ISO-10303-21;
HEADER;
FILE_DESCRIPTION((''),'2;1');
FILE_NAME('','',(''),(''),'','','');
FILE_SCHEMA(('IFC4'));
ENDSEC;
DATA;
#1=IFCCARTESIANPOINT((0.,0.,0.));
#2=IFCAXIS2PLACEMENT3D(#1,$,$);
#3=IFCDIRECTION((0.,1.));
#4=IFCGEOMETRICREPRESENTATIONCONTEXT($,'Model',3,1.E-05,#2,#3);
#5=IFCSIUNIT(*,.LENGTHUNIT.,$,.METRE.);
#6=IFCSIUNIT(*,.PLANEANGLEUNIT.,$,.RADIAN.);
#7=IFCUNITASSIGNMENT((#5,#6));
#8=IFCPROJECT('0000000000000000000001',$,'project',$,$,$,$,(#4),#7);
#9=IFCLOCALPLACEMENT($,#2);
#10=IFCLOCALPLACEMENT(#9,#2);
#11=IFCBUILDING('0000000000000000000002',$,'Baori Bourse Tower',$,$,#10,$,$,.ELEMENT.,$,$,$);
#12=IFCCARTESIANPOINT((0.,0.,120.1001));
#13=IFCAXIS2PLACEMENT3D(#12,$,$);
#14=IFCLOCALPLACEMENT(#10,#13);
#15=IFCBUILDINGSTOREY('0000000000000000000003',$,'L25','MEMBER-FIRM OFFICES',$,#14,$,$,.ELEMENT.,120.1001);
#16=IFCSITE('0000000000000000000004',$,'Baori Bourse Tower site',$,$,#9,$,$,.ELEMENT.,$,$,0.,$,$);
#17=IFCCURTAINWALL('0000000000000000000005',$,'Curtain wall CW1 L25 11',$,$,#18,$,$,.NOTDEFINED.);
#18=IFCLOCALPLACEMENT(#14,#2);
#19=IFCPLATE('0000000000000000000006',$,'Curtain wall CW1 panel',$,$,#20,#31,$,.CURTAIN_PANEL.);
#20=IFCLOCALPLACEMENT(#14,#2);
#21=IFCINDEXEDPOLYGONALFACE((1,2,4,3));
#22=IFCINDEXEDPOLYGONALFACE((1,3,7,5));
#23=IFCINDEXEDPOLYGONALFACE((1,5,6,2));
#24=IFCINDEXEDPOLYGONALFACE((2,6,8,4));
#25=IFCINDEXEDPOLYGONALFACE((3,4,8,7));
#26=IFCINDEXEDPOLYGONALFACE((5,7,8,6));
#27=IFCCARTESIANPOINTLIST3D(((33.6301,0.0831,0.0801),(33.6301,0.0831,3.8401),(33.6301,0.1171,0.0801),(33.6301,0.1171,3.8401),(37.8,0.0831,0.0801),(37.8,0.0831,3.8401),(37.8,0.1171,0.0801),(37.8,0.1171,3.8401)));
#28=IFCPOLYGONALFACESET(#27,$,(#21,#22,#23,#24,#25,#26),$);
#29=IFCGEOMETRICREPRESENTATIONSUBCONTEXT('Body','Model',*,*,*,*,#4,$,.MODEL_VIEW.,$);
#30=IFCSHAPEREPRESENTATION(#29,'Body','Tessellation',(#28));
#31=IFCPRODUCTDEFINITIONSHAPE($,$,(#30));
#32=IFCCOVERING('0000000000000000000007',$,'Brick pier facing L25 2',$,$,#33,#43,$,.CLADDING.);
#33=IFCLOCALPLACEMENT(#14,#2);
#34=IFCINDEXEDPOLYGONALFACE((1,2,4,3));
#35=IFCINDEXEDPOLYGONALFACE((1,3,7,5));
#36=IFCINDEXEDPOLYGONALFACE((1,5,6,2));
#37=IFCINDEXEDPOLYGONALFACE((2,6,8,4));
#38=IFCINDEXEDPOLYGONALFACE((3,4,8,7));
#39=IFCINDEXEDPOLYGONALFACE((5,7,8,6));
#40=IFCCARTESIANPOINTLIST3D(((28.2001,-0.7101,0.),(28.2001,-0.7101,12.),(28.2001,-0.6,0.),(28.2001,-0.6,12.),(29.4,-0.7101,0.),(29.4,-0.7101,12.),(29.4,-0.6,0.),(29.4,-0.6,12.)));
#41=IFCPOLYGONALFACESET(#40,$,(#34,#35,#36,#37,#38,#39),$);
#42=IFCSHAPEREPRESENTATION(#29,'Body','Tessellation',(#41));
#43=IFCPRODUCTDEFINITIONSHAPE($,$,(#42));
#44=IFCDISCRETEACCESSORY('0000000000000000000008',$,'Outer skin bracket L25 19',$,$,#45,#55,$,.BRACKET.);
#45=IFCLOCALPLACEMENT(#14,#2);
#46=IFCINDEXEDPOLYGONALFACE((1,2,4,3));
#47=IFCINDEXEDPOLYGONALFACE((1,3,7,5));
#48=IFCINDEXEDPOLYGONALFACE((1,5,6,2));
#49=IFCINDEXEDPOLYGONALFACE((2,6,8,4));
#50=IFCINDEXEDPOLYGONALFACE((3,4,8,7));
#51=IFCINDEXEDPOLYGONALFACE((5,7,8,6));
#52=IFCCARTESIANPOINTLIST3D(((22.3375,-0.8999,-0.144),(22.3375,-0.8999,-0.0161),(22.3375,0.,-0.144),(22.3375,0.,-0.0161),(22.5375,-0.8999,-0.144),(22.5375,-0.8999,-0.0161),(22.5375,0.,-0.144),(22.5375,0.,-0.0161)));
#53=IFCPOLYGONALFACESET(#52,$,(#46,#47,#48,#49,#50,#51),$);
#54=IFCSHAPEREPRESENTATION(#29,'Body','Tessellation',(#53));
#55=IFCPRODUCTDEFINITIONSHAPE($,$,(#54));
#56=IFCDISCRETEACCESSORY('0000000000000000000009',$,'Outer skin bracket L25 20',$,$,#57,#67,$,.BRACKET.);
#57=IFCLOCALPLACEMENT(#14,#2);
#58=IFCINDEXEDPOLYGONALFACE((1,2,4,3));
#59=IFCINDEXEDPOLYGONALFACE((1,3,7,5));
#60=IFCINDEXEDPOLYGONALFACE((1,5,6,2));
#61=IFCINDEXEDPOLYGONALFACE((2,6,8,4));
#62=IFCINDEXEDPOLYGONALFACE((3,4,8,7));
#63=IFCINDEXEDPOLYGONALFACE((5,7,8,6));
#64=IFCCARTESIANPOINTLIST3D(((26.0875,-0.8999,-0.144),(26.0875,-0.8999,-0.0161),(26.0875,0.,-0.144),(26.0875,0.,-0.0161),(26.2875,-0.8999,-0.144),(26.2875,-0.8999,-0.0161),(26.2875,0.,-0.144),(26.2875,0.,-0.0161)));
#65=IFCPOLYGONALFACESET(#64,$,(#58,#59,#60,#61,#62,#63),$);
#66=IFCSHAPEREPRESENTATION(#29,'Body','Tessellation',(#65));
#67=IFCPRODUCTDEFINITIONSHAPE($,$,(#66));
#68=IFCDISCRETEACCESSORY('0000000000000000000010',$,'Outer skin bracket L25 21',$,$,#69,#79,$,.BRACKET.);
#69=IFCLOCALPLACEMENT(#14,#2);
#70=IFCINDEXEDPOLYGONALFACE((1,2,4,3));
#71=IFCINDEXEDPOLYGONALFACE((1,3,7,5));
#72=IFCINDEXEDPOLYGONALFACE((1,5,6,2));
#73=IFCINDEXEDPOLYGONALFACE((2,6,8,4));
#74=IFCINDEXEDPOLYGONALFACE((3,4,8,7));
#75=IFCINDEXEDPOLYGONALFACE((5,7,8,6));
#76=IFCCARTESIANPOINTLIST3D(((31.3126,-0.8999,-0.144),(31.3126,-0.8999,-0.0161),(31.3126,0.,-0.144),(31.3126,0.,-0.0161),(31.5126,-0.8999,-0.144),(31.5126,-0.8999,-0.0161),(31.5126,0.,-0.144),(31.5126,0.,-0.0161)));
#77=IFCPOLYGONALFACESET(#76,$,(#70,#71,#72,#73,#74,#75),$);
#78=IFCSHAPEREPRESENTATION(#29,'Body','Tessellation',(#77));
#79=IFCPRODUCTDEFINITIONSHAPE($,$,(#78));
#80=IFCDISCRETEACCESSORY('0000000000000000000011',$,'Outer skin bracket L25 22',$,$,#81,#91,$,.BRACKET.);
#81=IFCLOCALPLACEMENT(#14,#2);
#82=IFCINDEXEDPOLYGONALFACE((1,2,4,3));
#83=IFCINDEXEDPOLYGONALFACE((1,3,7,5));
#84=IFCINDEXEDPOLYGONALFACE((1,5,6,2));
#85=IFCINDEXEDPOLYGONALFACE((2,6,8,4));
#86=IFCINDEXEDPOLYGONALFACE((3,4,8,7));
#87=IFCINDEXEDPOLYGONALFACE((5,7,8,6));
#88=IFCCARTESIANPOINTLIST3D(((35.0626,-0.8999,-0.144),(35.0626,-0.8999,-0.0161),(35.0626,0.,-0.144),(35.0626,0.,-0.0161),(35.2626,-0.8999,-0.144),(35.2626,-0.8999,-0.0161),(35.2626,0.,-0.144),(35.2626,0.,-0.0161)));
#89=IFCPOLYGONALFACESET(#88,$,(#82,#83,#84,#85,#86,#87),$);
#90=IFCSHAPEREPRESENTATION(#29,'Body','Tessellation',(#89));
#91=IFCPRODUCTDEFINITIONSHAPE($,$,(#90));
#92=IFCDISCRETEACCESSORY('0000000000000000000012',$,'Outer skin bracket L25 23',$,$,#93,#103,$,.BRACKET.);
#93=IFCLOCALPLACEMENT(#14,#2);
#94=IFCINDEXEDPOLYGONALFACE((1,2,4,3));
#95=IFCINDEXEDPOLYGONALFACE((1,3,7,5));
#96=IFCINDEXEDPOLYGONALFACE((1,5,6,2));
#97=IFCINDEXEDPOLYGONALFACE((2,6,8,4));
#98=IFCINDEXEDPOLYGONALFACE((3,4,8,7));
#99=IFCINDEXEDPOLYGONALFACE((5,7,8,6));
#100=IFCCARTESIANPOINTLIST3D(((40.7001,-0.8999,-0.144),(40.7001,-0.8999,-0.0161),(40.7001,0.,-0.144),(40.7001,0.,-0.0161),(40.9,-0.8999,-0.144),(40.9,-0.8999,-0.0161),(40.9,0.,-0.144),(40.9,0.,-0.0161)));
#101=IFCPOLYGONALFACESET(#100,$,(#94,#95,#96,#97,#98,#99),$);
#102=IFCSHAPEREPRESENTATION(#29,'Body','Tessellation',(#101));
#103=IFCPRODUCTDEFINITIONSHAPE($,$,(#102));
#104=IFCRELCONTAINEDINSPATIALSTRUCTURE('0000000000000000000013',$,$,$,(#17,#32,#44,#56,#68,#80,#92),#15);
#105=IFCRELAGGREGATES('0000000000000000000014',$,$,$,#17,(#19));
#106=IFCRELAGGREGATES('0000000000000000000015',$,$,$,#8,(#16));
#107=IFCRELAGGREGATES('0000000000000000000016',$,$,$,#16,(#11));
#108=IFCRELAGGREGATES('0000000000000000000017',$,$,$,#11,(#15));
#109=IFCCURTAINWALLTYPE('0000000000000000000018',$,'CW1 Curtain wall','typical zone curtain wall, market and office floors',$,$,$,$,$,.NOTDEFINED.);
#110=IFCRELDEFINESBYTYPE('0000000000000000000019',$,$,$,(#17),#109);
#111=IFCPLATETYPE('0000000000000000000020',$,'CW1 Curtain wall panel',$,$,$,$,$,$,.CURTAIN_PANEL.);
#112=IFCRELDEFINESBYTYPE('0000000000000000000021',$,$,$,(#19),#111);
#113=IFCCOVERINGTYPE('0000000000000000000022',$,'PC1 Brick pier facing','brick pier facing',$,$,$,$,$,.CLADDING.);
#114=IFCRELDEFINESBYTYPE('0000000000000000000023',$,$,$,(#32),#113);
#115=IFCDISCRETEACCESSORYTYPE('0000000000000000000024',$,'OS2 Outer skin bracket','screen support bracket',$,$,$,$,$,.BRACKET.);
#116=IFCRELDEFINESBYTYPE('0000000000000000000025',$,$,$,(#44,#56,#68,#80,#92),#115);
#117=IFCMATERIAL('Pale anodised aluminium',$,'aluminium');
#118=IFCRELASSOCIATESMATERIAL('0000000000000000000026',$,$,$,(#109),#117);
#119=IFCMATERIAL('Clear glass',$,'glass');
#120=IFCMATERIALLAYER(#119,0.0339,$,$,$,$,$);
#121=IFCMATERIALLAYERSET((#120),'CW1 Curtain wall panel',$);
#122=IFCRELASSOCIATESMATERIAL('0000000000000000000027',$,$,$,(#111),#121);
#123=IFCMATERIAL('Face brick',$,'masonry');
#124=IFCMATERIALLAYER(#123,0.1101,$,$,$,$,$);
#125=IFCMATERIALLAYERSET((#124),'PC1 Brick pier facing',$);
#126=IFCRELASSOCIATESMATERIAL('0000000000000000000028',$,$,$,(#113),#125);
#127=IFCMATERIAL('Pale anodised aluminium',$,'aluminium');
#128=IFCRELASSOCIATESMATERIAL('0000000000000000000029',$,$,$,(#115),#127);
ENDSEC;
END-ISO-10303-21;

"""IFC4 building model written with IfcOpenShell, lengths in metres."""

from ifc_helpers import new_model, si_unit, direction, frame, origin, origin_2d, place, context, subcontext, project, spatial, rectangle, extrude, material, layer, layer_set, type_object, element, aggregate, save


model = new_model("IFC4")

# Units and contexts
model_context = context("Model", 3, precision=1e-05, world=origin(), true_north=direction((0.0, 1.0)))
body_context = subcontext(model_context, "Body", "Model", "MODEL_VIEW")
ifc_project = project(units=[si_unit("LENGTHUNIT", "METRE"), si_unit("PLANEANGLEUNIT", "RADIAN")], contexts=[model_context])

# Site, building, storey
site_placement = place(None, origin())
site = spatial("IfcSite", under=ifc_project, at=site_placement, Name="Baori Bourse Tower site", CompositionType="ELEMENT", RefElevation=0.0)
building_placement = place(site_placement, origin())
building = spatial("IfcBuilding", under=site, at=building_placement, Name="Baori Bourse Tower", CompositionType="ELEMENT")
storey_placement = place(building_placement, frame((0.0, 0.0, 120.1001)))
storey = spatial("IfcBuildingStorey", under=building, at=storey_placement, Name="L25", Description="MEMBER-FIRM OFFICES", CompositionType="ELEMENT", Elevation=120.1001)

# Curtain wall
ifc_material_1 = material(Name="Pale anodised aluminium", Category="aluminium")
curtain_wall_type = type_object("IfcCurtainWallType", Name="CW1 Curtain wall", Description="typical zone curtain wall, market and office floors", PredefinedType="NOTDEFINED", material=ifc_material_1)
curtain_wall_placement = place(storey_placement, origin())
curtain_wall = element("IfcCurtainWall", 1, at=curtain_wall_placement, inside=storey, type_object=curtain_wall_type, Name="Curtain wall CW1 L25 11", PredefinedType="NOTDEFINED")

# Plate
ifc_material_2 = material(Name="Clear glass", Category="glass")
ifc_layer_1 = layer(ifc_material_2, 0.0339)
ifc_layer_set_1 = layer_set([ifc_layer_1], Name="CW1 Curtain wall panel")
plate_type = type_object("IfcPlateType", Name="CW1 Curtain wall panel", PredefinedType="CURTAIN_PANEL", material=ifc_layer_set_1)
plate_1_placement = place(storey_placement, frame((35.7151, 0.1001, 0.0801), z_axis=(0.0, 0.0, 1.0), x_axis=(1.0, 0.0, 0.0)))
plate_1 = element("IfcPlate", 2, at=plate_1_placement, type_object=plate_type, Name="Curtain wall CW1 panel", PredefinedType="CURTAIN_PANEL", context=body_context, shape_type="SweptSolid", body=[
    extrude(rectangle(XDim=4.1699, YDim=0.0339, at=origin_2d()), origin(), (0.0, 0.0, 1.0), 3.76),
])
aggregate(curtain_wall, [plate_1])

# Covering
ifc_material_3 = material(Name="Face brick", Category="masonry")
ifc_layer_2 = layer(ifc_material_3, 0.1101)
ifc_layer_set_2 = layer_set([ifc_layer_2], Name="PC1 Brick pier facing")
covering_type = type_object("IfcCoveringType", Name="PC1 Brick pier facing", Description="brick pier facing", PredefinedType="CLADDING", material=ifc_layer_set_2)
covering_placement = place(storey_placement, frame((28.8, -0.655, 0.0), z_axis=(0.0, 0.0, 1.0), x_axis=(1.0, 0.0, 0.0)))
element("IfcCovering", 3, at=covering_placement, inside=storey, type_object=covering_type, Name="Brick pier facing L25 2", PredefinedType="CLADDING", context=body_context, shape_type="SweptSolid", body=[
    extrude(rectangle(XDim=1.2, YDim=0.1101, at=origin_2d()), origin(), (0.0, 0.0, 1.0), 12.0),
])

# Discrete accessories
ifc_material_4 = material(Name="Pale anodised aluminium", Category="aluminium")
discrete_accessory_type = type_object("IfcDiscreteAccessoryType", Name="OS2 Outer skin bracket", Description="screen support bracket", PredefinedType="BRACKET", material=ifc_material_4)
for number, where, z_axis, x_axis, name in (
    (4, (22.4375, -0.45, -0.144), (0.0, 0.0, 1.0), (1.0, 0.0, 0.0), "Outer skin bracket L25 19"),
    (5, (26.1875, -0.45, -0.144), (0.0, 0.0, 1.0), (1.0, 0.0, 0.0), "Outer skin bracket L25 20"),
    (6, (31.4126, -0.45, -0.144), (0.0, 0.0, 1.0), (1.0, 0.0, 0.0), "Outer skin bracket L25 21"),
    (7, (35.1626, -0.45, -0.144), (0.0, 0.0, 1.0), (1.0, 0.0, 0.0), "Outer skin bracket L25 22"),
    (8, (40.8, -0.45, -0.144), (0.0, 0.0, 1.0), (1.0, 0.0, 0.0), "Outer skin bracket L25 23"),
):
    element("IfcDiscreteAccessory", number, at=place(storey_placement, frame(where, z_axis=z_axis, x_axis=x_axis)), inside=storey, type_object=discrete_accessory_type, Name=name, PredefinedType="BRACKET", context=body_context, shape_type="SweptSolid", body=[
        extrude(rectangle(XDim=0.2, YDim=0.8999, at=origin_2d()), origin(), (0.0, 0.0, 1.0), 0.1279),
    ])

save(model, "model.ifc")
